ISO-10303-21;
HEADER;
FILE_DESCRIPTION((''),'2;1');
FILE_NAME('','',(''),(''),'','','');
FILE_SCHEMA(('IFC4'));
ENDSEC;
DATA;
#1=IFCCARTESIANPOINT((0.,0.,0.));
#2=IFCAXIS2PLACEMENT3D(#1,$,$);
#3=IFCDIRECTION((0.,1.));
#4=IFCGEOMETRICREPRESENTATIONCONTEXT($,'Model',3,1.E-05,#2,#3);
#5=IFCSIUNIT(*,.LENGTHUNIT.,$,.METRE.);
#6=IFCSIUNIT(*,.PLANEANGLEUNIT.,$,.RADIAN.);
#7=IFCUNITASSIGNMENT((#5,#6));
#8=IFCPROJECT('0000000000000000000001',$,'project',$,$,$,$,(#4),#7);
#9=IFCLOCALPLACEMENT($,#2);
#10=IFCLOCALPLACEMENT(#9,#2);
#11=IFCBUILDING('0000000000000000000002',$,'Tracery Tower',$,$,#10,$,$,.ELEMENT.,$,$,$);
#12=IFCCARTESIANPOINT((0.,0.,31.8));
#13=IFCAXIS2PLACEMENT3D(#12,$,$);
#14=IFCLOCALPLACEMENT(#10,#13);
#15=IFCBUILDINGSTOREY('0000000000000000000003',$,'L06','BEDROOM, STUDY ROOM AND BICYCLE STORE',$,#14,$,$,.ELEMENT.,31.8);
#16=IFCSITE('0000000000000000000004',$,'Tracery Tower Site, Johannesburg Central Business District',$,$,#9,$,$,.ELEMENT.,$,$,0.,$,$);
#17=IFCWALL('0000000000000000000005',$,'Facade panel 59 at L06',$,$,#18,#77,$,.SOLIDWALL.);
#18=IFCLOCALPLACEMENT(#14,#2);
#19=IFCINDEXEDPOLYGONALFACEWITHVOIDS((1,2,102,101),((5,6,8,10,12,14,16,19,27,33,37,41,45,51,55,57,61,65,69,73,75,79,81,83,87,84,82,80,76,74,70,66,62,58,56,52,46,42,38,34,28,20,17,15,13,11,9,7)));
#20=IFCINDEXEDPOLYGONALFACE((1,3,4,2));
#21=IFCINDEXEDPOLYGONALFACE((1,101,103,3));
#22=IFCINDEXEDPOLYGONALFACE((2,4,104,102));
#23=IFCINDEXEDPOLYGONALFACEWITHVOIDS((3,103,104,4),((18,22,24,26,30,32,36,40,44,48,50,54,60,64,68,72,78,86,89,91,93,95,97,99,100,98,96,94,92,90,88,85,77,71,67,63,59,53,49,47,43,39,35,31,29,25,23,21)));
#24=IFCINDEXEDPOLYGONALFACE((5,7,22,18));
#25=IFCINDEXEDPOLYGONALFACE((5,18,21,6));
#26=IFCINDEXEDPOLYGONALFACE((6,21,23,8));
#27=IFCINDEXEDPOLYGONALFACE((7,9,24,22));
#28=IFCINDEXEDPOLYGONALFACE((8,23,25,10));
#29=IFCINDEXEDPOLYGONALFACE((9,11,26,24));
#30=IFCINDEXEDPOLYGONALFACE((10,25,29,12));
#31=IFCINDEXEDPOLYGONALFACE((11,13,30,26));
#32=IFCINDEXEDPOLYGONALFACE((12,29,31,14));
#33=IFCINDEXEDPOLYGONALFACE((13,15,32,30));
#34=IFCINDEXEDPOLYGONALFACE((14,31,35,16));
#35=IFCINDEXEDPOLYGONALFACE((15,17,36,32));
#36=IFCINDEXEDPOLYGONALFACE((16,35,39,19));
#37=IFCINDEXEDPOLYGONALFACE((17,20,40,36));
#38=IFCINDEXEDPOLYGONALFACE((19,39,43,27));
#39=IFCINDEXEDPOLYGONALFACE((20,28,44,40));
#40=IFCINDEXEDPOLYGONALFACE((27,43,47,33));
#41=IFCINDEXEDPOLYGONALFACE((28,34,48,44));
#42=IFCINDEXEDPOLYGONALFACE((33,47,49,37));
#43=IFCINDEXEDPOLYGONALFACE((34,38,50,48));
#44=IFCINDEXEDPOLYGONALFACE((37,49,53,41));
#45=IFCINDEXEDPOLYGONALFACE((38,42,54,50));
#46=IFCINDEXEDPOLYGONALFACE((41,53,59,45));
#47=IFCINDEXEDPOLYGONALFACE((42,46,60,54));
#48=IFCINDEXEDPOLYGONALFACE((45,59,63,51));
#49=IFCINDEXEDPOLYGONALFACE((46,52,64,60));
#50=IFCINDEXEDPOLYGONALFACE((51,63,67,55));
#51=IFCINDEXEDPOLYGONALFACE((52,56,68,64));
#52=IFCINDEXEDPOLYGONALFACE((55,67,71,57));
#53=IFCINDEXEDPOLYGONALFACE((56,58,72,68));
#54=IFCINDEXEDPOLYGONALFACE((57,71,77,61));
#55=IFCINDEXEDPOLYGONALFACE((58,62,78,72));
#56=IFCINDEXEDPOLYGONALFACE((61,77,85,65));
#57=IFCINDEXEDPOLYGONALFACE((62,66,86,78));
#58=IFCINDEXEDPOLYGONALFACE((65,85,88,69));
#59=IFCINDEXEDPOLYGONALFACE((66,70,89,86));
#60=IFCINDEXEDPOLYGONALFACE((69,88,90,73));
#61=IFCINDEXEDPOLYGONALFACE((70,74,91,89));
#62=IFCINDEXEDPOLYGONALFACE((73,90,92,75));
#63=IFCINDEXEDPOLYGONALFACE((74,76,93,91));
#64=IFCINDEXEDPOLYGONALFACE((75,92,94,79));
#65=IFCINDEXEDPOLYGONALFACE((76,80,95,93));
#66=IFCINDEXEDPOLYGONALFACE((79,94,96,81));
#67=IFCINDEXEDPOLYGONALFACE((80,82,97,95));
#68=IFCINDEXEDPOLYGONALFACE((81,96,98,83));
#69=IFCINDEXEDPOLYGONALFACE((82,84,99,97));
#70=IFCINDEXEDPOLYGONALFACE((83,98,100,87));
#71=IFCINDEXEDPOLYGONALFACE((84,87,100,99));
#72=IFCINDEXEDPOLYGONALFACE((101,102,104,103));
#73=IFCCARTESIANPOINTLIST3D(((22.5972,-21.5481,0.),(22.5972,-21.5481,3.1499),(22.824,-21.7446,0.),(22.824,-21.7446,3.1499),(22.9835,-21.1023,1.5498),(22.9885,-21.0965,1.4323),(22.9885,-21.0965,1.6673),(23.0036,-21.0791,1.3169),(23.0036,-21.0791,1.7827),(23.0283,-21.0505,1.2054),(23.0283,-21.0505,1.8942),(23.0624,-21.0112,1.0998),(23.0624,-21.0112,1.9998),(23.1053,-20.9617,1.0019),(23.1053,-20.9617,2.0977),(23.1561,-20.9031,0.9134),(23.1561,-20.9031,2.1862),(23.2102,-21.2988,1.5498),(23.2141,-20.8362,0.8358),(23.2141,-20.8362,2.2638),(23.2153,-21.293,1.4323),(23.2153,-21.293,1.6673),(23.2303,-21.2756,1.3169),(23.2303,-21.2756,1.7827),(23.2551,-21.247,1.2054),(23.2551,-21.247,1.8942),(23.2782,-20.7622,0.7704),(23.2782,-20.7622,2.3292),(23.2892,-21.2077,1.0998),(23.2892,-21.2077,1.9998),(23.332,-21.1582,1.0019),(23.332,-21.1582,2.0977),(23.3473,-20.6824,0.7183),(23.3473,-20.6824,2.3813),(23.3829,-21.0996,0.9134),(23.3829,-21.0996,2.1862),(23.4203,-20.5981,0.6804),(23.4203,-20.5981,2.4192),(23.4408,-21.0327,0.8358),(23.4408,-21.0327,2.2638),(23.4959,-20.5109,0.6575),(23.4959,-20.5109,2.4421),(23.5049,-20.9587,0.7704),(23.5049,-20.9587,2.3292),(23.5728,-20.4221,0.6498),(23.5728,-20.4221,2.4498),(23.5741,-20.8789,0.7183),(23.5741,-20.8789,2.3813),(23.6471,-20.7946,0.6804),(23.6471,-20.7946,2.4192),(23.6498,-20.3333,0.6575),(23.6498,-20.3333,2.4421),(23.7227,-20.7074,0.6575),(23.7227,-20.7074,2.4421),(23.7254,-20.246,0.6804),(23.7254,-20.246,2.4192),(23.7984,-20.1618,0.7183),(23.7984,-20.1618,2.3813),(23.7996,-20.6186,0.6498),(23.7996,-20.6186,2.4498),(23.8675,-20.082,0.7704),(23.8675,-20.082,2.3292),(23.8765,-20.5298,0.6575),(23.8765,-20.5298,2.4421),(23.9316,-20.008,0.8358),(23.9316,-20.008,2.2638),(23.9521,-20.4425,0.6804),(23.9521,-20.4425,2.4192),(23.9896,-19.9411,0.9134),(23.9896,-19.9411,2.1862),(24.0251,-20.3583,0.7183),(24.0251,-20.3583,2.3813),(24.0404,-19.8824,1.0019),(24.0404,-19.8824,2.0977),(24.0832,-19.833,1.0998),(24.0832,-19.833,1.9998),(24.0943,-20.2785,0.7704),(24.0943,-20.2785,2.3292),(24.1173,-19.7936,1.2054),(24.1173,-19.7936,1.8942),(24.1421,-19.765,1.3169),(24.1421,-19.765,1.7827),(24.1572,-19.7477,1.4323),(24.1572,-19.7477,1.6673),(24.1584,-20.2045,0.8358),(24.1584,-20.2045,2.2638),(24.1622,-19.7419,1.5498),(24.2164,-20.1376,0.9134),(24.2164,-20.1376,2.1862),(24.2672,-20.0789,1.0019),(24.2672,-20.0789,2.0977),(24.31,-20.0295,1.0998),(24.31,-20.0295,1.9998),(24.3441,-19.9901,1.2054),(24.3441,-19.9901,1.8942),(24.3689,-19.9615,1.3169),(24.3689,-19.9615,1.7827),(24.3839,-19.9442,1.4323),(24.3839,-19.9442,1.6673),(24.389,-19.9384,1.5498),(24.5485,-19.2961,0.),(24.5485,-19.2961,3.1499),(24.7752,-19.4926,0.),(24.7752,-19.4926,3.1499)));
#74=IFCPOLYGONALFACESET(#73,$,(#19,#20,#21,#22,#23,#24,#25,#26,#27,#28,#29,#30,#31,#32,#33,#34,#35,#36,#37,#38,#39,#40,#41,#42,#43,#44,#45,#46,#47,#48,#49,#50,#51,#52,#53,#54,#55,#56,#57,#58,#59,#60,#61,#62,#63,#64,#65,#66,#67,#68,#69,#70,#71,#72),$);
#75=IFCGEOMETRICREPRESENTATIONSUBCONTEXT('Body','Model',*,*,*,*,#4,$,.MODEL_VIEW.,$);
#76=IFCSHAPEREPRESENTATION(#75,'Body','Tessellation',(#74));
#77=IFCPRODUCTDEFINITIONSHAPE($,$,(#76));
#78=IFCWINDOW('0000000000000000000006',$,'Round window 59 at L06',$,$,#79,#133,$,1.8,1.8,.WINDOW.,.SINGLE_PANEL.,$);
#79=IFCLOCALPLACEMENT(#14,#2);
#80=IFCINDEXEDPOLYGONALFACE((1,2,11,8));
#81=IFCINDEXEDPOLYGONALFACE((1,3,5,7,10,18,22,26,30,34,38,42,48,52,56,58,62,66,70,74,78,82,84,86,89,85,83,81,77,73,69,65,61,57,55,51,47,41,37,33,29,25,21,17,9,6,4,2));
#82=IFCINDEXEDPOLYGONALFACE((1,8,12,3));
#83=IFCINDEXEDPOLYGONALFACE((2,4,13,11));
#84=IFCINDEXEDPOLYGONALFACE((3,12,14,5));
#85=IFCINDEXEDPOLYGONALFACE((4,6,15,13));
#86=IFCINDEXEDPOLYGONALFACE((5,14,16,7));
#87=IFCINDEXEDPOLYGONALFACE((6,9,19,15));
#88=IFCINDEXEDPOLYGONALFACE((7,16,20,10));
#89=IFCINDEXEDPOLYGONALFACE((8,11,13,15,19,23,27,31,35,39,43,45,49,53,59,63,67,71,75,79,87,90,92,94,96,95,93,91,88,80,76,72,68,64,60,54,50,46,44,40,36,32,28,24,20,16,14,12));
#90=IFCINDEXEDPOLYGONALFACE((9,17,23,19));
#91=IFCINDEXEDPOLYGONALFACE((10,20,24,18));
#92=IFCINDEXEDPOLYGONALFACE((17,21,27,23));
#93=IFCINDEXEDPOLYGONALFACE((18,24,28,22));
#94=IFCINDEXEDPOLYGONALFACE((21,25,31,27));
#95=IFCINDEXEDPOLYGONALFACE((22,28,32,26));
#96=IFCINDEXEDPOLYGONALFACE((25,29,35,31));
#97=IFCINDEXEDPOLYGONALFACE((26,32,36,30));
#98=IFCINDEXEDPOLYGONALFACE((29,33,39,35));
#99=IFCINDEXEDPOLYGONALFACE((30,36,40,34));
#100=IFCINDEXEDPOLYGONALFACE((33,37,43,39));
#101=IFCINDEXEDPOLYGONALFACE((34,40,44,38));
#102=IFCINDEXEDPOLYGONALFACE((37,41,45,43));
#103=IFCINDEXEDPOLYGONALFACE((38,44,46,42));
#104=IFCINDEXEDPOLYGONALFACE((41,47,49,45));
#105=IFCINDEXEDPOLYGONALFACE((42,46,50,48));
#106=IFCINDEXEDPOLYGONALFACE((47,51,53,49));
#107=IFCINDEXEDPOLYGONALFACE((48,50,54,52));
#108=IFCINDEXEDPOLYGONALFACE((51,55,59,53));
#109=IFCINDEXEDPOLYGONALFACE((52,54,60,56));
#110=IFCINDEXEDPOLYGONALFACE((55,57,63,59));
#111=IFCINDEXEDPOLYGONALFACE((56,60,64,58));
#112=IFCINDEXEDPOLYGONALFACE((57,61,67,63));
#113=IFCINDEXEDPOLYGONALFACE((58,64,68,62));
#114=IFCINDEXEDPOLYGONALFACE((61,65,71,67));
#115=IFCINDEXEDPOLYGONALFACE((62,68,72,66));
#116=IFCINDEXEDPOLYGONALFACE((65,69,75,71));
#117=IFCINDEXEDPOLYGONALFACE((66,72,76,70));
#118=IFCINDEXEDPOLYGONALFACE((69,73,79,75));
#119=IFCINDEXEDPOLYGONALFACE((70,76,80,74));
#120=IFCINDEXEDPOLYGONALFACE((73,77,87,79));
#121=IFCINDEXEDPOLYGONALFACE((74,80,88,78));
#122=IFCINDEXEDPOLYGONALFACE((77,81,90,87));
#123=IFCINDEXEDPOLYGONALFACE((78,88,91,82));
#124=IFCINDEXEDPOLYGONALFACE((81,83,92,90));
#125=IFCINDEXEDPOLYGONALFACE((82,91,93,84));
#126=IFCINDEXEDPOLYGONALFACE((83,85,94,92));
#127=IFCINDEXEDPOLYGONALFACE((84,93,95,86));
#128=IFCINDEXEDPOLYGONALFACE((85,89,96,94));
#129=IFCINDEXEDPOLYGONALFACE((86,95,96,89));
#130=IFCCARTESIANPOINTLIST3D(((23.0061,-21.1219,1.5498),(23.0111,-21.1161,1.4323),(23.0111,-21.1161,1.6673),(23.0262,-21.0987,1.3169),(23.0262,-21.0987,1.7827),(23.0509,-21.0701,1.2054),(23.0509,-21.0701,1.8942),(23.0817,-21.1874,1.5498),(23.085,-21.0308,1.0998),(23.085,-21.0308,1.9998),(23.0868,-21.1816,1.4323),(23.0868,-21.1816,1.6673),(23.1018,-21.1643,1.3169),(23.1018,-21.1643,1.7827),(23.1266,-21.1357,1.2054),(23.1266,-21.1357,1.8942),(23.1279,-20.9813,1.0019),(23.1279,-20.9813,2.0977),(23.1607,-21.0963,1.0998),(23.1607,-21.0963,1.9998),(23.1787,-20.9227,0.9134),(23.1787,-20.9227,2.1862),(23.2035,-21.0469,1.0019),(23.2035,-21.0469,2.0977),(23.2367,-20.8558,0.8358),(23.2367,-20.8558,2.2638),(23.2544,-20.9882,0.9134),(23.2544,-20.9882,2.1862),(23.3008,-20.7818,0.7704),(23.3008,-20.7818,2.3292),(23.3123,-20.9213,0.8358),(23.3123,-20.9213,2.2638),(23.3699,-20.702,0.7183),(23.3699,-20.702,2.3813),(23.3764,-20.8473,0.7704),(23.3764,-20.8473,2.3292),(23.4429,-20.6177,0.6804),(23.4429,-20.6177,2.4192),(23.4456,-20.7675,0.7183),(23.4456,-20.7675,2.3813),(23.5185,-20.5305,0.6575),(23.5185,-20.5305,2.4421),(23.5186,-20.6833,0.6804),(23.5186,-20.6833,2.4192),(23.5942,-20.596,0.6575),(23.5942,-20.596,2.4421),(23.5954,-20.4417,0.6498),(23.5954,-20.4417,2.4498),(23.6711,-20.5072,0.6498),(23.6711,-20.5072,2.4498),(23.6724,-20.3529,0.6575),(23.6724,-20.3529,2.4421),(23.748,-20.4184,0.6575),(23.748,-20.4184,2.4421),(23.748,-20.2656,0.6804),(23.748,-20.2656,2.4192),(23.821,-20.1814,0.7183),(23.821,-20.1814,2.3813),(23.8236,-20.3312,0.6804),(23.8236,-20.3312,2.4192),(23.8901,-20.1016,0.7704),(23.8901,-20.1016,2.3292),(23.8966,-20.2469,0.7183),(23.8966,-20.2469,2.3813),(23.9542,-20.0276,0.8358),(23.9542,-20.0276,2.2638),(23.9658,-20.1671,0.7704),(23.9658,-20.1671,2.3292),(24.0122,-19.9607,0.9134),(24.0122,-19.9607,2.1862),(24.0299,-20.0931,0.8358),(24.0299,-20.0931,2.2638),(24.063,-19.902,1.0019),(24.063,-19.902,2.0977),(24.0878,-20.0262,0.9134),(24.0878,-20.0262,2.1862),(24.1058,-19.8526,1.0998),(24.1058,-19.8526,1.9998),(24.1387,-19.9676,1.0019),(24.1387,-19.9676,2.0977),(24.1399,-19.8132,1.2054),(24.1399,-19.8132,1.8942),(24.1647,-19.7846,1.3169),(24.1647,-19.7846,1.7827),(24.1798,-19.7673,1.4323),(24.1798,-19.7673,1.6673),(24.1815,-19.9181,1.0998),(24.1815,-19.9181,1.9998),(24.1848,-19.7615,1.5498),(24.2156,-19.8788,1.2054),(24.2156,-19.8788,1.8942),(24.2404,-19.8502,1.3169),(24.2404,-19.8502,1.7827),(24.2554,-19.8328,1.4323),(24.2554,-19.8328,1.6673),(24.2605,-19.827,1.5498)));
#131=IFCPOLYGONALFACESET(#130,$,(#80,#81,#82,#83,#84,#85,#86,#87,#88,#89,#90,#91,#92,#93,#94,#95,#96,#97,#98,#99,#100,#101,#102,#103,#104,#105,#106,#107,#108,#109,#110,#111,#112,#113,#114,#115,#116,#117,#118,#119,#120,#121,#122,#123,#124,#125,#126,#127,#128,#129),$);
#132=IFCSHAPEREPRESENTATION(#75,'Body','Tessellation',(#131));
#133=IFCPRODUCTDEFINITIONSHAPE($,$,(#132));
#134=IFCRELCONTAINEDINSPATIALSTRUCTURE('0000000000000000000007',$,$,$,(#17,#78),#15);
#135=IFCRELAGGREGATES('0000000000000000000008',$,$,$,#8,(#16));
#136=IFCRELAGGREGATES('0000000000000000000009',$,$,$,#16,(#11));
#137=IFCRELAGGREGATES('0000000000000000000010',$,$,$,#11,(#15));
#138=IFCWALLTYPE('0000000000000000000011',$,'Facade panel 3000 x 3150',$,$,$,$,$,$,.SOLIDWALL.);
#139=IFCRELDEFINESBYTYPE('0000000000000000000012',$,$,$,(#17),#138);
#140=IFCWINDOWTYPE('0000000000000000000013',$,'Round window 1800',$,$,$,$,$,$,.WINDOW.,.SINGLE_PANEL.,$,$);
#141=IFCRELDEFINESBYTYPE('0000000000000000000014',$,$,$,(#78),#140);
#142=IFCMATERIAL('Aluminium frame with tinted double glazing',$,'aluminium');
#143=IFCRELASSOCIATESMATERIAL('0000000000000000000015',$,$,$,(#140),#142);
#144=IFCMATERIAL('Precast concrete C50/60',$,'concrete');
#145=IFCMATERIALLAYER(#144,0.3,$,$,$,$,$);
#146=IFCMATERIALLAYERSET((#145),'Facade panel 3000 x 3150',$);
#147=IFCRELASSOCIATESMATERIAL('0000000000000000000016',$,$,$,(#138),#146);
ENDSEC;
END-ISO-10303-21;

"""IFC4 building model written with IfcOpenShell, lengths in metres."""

from ifc_helpers import new_model, si_unit, direction, frame, frame_2d, origin, origin_2d, place, context, subcontext, project, spatial, rectangle, circle, extrude, material, layer, layer_set, type_object, element, fill, save


model = new_model("IFC4")

# Units and contexts
model_context = context("Model", 3, precision=1e-05, world=origin(), true_north=direction((0.0, 1.0)))
body_context = subcontext(model_context, "Body", "Model", "MODEL_VIEW")
ifc_project = project(units=[si_unit("LENGTHUNIT", "METRE"), si_unit("PLANEANGLEUNIT", "RADIAN")], contexts=[model_context])

# Site, building, storey
site_placement = place(None, origin())
site = spatial("IfcSite", under=ifc_project, at=site_placement, Name="Tracery Tower Site, Johannesburg Central Business District", CompositionType="ELEMENT", RefElevation=0.0)
building_placement = place(site_placement, origin())
building = spatial("IfcBuilding", under=site, at=building_placement, Name="Tracery Tower", CompositionType="ELEMENT")
storey_placement = place(building_placement, frame((0.0, 0.0, 31.8)))
storey = spatial("IfcBuildingStorey", under=building, at=storey_placement, Name="L06", Description="BEDROOM, STUDY ROOM AND BICYCLE STORE", CompositionType="ELEMENT", Elevation=31.8)

# Wall, opening, window
ifc_material_1 = material(Name="Aluminium frame with tinted double glazing", Category="aluminium")
window_type = type_object("IfcWindowType", Name="Round window 1800", PartitioningType="SINGLE_PANEL", PredefinedType="WINDOW", material=ifc_material_1)
ifc_material_2 = material(Name="Precast concrete C50/60", Category="concrete")
ifc_layer_1 = layer(ifc_material_2, 0.3)
ifc_layer_set_1 = layer_set([ifc_layer_1], Name="Facade panel 3000 x 3150")
wall_type_1 = type_object("IfcWallType", Name="Facade panel 3000 x 3150", PredefinedType="SOLIDWALL", material=ifc_layer_set_1)
wall_1_placement = place(storey_placement, frame((22.7107, -21.6462, 0.0), z_axis=(0.0, 0.0, 1.0), x_axis=(0.654831, 0.755776, 0.0)))
wall_1 = element("IfcWall", 1, at=wall_1_placement, inside=storey, type_object=wall_type_1, Name="Facade panel 59 at L06", PredefinedType="SOLIDWALL", context=body_context, shape_type="SweptSolid", body=[
    extrude(rectangle(XDim=2.9797, YDim=0.3, at=frame_2d((1.4897, 0.0))), origin(), (0.0, 0.0, 1.0), 3.1499),
])
opening_1_placement = place(wall_1_placement, frame((1.4897, 0.0, 1.5498)))
opening_1 = element("IfcOpeningElement", 2, at=opening_1_placement, cuts=wall_1, PredefinedType="OPENING", context=body_context, shape_type="SweptSolid", body=[
    extrude(circle(Radius=0.9, at=origin_2d()), frame((0.0, 0.1599, 0.0), z_axis=(0.0, -1.0, 0.0), x_axis=(1.0, 0.0, 0.0)), (0.0, 0.0, 1.0), 0.3201),
])
window_1_placement = place(opening_1_placement, origin())
window_1 = element("IfcWindow", 3, at=window_1_placement, inside=storey, type_object=window_type, Name="Round window 59 at L06", OverallHeight=1.8, OverallWidth=1.8, PartitioningType="SINGLE_PANEL", PredefinedType="WINDOW", context=body_context, shape_type="SweptSolid", body=[
    extrude(circle(Radius=0.9, at=origin_2d()), frame((0.0, 0.1201, 0.0), z_axis=(0.0, -1.0, 0.0), x_axis=(1.0, 0.0, 0.0)), (0.0, 0.0, 1.0), 0.1001),
])
fill(opening_1, window_1)

save(model, "model.ifc")
